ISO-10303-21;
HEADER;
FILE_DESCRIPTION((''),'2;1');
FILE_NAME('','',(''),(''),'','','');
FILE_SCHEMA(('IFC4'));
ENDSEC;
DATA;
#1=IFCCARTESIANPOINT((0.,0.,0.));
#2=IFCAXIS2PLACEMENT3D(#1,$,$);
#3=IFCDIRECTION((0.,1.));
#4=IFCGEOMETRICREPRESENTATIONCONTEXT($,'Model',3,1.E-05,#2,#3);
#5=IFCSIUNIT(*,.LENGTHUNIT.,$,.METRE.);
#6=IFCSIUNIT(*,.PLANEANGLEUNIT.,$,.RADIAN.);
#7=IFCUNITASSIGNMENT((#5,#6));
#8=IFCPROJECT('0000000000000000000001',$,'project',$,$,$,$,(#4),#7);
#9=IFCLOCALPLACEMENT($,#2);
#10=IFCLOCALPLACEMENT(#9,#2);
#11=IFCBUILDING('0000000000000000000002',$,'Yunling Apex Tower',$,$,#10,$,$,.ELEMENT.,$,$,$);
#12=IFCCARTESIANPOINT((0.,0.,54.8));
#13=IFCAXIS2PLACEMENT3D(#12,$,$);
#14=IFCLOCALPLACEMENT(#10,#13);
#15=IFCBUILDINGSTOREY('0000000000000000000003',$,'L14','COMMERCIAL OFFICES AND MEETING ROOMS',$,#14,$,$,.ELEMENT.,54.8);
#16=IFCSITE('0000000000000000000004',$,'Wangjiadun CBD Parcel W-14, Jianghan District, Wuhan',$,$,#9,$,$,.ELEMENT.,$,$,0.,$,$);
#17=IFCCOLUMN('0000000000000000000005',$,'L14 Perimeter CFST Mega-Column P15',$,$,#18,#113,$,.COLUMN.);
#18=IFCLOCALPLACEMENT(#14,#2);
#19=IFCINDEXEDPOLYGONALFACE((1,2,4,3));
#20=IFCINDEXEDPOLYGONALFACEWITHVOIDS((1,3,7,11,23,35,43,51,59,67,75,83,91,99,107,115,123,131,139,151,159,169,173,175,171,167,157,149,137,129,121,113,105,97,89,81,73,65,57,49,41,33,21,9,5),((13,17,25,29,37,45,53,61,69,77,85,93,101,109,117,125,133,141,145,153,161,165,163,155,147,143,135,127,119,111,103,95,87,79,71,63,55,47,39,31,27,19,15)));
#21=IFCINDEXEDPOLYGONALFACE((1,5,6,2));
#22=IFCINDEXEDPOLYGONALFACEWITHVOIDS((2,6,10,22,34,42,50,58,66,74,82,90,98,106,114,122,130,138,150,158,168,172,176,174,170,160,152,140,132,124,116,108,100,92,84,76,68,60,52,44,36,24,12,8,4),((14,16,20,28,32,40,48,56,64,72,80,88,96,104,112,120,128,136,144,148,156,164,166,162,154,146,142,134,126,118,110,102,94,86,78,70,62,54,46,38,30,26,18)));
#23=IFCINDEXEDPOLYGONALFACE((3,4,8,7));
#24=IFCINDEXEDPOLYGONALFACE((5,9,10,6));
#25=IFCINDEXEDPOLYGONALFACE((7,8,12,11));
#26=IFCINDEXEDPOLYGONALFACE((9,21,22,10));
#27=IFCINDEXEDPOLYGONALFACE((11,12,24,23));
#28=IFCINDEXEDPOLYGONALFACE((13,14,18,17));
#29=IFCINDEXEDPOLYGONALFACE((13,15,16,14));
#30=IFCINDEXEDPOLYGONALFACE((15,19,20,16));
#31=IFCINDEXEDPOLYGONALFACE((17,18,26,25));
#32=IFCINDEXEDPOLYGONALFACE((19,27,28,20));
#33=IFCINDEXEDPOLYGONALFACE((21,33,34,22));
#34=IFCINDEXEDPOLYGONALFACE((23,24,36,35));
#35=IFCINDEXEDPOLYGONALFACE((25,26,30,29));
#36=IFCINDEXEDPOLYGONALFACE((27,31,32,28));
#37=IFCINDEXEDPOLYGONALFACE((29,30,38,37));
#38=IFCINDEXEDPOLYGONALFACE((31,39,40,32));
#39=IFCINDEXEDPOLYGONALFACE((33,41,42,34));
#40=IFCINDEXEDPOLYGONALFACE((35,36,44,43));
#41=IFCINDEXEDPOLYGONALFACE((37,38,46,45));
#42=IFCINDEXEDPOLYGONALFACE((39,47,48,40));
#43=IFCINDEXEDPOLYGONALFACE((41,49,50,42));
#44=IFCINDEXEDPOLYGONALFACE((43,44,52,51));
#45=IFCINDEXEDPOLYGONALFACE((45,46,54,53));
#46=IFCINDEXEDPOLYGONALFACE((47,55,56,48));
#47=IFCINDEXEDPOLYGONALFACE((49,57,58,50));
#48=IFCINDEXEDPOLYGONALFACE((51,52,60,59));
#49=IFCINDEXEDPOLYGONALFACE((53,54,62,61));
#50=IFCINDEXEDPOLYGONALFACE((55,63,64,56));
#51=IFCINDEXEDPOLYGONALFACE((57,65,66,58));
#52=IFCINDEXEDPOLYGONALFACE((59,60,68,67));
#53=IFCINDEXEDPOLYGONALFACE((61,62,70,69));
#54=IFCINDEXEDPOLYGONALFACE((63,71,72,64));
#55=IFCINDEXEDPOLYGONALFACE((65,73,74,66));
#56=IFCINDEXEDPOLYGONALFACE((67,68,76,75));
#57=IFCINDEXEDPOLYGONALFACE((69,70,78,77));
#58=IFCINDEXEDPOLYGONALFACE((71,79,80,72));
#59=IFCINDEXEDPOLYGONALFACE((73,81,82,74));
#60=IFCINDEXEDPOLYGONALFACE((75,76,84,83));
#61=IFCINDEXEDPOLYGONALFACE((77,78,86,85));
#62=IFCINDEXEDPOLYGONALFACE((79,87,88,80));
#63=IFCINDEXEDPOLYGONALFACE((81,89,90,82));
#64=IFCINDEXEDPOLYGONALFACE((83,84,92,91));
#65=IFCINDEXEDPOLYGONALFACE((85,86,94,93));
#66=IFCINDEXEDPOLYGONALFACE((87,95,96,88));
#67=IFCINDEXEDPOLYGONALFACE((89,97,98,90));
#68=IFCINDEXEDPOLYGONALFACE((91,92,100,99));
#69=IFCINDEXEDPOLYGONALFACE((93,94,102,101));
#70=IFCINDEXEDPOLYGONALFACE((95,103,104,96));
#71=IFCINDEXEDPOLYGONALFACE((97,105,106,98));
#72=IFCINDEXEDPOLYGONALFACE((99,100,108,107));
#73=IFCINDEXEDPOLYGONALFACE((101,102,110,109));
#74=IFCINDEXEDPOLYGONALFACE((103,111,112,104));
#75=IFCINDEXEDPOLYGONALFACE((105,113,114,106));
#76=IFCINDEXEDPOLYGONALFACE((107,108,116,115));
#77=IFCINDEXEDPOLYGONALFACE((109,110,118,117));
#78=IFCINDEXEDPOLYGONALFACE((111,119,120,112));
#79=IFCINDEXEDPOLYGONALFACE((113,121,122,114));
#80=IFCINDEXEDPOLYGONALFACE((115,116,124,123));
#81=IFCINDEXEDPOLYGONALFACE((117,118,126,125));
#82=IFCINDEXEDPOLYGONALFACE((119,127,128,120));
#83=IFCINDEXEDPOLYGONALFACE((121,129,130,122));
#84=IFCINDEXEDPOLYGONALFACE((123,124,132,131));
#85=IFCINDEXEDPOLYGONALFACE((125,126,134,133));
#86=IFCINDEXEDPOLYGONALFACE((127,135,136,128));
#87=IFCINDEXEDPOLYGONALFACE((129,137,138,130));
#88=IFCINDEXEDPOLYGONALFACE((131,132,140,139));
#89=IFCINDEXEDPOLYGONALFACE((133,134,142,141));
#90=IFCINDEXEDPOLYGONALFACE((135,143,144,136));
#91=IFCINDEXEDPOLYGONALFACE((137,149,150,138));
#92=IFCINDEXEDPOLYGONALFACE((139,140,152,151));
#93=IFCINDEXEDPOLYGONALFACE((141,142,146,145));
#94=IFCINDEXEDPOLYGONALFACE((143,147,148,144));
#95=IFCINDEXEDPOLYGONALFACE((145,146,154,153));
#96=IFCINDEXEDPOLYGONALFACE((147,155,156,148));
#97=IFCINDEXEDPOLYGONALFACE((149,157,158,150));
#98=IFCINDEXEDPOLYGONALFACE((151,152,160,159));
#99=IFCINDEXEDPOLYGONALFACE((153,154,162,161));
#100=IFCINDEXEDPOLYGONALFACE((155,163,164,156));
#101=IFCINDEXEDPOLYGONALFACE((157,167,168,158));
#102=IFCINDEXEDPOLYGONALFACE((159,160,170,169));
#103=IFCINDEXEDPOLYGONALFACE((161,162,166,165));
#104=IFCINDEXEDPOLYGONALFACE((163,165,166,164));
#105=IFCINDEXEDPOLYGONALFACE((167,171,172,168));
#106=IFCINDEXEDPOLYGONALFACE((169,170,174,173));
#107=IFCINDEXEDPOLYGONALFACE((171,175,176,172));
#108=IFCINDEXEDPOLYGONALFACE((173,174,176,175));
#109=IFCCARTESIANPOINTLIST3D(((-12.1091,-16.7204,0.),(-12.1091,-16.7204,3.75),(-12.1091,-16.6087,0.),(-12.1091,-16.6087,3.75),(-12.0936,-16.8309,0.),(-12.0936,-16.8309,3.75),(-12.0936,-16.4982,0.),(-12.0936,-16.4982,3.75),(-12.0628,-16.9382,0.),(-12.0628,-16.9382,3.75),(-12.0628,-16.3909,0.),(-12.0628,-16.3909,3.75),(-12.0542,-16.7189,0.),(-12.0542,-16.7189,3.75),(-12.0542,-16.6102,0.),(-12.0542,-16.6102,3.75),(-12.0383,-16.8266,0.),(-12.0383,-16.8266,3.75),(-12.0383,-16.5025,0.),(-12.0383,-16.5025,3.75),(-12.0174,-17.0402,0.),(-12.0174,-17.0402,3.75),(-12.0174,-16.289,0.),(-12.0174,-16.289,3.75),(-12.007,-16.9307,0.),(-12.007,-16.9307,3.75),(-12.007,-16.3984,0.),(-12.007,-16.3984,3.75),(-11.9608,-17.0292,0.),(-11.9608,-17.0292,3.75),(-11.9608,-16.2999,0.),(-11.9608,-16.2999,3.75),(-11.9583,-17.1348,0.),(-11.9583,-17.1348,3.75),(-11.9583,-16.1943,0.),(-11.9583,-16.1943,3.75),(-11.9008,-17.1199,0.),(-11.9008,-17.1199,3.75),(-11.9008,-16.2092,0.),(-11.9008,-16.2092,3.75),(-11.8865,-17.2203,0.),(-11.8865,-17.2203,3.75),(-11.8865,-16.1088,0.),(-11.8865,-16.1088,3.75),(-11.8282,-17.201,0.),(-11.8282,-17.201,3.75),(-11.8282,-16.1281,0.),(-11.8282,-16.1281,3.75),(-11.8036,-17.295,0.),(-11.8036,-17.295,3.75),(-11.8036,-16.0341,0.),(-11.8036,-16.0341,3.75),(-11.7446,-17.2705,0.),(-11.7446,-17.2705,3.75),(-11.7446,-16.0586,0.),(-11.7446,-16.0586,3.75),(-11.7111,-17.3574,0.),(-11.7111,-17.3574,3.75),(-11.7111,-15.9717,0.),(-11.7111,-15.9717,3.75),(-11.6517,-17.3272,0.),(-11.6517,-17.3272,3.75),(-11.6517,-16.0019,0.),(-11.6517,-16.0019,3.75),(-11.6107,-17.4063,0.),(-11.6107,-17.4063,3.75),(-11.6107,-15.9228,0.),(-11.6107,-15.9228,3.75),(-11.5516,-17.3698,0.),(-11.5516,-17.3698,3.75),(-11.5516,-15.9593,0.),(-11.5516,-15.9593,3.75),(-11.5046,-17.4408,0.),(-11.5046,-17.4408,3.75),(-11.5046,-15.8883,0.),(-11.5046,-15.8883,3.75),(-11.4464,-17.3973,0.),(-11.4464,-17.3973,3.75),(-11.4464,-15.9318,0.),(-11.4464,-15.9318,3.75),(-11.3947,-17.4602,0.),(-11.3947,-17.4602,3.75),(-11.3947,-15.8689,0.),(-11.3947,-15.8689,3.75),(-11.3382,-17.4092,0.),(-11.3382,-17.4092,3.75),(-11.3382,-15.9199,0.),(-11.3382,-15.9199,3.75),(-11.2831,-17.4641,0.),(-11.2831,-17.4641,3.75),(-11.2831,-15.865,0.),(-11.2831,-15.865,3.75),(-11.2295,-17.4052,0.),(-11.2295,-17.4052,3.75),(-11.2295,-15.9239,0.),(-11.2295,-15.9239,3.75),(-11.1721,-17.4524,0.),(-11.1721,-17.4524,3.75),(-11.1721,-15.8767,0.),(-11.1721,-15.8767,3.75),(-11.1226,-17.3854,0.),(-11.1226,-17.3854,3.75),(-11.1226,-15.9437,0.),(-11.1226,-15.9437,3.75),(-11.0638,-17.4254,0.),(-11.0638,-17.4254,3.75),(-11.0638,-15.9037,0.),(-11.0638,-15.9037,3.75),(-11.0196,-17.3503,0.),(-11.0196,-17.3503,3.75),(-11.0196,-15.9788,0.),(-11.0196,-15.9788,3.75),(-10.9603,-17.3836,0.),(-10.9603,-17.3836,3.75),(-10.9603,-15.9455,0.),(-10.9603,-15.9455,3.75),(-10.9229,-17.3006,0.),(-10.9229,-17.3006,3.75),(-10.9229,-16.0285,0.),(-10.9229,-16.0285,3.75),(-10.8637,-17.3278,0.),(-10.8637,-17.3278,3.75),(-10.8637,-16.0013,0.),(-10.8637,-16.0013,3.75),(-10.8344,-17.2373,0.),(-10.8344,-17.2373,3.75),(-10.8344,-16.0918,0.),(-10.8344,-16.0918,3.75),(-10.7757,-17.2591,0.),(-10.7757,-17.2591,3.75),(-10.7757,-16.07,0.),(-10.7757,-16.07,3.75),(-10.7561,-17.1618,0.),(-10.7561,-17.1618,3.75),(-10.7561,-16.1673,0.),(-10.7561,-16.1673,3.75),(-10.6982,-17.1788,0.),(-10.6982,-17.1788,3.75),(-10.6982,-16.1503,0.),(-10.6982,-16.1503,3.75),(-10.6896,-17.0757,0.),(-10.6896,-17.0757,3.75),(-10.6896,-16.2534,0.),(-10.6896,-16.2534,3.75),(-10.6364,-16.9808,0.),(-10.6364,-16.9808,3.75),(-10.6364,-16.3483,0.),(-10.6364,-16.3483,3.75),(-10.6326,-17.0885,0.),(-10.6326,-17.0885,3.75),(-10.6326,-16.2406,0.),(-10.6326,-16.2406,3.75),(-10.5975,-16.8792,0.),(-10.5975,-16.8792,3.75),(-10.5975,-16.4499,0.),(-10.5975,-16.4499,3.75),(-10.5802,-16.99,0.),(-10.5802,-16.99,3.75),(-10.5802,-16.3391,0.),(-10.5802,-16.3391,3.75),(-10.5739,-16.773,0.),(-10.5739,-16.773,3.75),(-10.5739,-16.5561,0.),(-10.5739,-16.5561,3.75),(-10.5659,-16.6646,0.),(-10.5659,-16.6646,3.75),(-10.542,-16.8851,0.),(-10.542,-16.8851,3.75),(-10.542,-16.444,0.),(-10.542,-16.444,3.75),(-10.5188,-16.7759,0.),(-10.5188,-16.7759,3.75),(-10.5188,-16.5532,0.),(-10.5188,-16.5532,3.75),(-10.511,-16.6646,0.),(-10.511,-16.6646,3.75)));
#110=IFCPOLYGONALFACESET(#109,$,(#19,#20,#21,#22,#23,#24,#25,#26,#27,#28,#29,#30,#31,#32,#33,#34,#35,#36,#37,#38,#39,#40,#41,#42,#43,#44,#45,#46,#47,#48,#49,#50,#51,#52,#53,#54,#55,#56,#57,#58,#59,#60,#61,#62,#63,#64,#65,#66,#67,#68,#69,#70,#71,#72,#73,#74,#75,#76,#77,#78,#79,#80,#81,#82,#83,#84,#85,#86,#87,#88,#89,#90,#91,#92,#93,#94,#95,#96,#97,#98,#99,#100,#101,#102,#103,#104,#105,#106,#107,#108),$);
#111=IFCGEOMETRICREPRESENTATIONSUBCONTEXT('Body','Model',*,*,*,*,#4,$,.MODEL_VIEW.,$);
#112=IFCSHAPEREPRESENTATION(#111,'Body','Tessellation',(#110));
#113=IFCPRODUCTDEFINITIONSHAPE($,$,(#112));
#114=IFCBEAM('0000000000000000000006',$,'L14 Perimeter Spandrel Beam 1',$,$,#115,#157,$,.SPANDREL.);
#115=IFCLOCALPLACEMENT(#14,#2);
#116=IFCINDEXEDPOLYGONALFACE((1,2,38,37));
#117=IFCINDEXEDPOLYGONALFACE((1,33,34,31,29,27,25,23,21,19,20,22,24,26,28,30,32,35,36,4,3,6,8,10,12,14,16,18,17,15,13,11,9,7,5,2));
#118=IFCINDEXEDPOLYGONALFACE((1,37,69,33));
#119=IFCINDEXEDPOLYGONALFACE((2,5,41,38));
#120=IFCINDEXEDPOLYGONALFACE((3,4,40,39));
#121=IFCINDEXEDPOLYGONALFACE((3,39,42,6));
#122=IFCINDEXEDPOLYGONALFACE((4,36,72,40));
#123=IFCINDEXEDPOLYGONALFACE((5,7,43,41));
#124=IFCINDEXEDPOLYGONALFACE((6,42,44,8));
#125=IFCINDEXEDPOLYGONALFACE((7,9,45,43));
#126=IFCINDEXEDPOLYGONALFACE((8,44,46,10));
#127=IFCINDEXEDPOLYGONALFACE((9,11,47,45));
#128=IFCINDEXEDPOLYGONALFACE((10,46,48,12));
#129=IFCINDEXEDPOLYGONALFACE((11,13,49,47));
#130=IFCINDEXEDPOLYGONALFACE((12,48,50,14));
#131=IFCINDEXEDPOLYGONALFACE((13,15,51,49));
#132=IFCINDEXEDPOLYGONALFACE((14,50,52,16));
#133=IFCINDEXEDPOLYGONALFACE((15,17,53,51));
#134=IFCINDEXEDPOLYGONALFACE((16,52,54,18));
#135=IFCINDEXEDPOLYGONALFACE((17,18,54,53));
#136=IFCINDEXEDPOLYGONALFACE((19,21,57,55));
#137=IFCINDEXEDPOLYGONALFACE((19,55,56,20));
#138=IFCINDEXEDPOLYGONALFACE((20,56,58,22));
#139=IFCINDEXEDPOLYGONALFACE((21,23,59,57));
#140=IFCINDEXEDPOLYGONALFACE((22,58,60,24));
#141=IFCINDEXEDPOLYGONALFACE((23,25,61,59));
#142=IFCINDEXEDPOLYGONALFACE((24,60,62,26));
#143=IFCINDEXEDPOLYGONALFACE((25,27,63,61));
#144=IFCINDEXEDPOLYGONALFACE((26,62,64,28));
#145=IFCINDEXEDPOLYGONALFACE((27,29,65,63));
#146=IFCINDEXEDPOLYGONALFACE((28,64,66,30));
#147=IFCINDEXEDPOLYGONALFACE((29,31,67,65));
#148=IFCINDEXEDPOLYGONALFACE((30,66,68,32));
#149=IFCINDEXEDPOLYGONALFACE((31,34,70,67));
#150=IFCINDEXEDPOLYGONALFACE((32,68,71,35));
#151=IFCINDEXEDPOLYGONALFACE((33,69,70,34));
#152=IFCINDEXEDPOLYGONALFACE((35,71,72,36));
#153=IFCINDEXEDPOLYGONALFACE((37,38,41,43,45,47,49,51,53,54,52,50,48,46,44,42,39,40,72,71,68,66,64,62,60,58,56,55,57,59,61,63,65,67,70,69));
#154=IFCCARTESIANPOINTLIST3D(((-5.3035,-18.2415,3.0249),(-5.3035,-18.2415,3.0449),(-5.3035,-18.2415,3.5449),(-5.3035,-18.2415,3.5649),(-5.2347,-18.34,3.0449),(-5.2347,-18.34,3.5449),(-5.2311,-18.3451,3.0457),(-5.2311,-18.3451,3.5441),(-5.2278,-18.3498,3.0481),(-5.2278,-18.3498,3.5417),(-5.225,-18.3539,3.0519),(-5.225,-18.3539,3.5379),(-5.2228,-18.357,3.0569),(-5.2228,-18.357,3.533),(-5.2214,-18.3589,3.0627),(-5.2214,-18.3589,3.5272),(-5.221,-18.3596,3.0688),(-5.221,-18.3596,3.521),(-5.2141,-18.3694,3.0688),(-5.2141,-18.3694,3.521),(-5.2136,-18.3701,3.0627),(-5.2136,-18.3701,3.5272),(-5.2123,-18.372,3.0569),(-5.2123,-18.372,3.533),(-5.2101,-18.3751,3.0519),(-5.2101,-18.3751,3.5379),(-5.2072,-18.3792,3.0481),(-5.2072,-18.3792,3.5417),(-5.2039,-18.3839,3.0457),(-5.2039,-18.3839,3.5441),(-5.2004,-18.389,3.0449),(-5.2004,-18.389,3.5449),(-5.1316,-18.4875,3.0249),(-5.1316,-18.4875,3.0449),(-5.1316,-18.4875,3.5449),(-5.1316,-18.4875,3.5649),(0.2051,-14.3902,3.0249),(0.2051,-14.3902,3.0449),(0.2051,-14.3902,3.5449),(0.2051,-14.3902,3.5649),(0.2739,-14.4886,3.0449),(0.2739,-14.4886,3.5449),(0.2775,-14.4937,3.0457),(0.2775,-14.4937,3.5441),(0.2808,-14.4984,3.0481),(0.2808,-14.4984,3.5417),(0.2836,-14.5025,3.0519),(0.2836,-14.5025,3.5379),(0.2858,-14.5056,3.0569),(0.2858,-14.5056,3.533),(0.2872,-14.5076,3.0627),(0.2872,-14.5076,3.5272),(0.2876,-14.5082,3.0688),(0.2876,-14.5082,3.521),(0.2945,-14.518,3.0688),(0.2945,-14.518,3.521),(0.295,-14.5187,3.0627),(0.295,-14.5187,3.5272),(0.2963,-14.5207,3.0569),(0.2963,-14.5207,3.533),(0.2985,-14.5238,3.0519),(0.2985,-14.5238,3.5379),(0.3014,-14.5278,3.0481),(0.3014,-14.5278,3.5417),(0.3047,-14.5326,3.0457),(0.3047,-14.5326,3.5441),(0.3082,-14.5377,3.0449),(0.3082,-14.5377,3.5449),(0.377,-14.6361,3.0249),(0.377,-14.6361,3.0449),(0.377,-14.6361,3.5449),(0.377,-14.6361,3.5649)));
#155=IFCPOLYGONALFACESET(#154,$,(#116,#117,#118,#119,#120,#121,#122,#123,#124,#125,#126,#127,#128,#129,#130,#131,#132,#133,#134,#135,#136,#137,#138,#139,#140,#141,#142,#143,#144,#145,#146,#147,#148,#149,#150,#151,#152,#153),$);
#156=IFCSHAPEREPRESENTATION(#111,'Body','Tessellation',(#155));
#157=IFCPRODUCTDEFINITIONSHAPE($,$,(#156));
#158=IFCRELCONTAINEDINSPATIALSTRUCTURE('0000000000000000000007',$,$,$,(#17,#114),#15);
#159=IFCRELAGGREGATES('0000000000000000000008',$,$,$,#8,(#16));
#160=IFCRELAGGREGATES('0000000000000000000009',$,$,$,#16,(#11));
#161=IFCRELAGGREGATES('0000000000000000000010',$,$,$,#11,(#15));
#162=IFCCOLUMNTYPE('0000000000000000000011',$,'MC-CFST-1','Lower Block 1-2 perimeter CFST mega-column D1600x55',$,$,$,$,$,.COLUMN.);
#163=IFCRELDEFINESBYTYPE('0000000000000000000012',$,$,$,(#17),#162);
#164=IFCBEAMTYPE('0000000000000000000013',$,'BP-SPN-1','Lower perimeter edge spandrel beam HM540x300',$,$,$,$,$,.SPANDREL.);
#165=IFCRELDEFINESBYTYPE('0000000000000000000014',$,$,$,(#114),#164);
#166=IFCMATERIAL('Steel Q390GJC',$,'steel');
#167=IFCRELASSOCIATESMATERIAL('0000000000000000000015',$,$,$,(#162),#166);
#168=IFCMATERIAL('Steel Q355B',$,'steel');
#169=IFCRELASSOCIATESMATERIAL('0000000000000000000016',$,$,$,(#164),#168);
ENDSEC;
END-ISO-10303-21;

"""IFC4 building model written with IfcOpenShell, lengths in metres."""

from ifc_helpers import new_model, si_unit, direction, frame, origin, origin_2d, place, context, subcontext, project, spatial, hollow_circle, i_section, extrude, source, transform, mapped, material, material_profile, profile_set, type_object, element, save


model = new_model("IFC4")

# Units and contexts
model_context = context("Model", 3, precision=1e-05, world=origin(), true_north=direction((0.0, 1.0)))
body_context = subcontext(model_context, "Body", "Model", "MODEL_VIEW")
ifc_project = project(units=[si_unit("LENGTHUNIT", "METRE"), si_unit("PLANEANGLEUNIT", "RADIAN")], contexts=[model_context])

# Site, building, storey
site_placement = place(None, origin())
site = spatial("IfcSite", under=ifc_project, at=site_placement, Name="Wangjiadun CBD Parcel W-14, Jianghan District, Wuhan", CompositionType="ELEMENT", RefElevation=0.0)
building_placement = place(site_placement, origin())
building = spatial("IfcBuilding", under=site, at=building_placement, Name="Yunling Apex Tower", CompositionType="ELEMENT")
storey_placement = place(building_placement, frame((0.0, 0.0, 54.8)))
storey = spatial("IfcBuildingStorey", under=building, at=storey_placement, Name="L14", Description="COMMERCIAL OFFICES AND MEETING ROOMS", CompositionType="ELEMENT", Elevation=54.8)

# Column
ifc_material_1 = material(Name="Steel Q390GJC", Category="steel")
ifc_material_profile_1 = material_profile(ifc_material_1, hollow_circle(Radius=0.8, WallThickness=0.0549, at=origin_2d()))
ifc_profile_set_1 = profile_set([ifc_material_profile_1], Name="Steel Q390GJC")
column_type = type_object("IfcColumnType", Name="MC-CFST-1", Description="Lower Block 1-2 perimeter CFST mega-column D1600x55", PredefinedType="COLUMN", material=ifc_profile_set_1)
shared_shape_1 = source(origin(), body_context, "Body", "SweptSolid", [
    extrude(hollow_circle(Radius=0.8, WallThickness=0.0549, at=origin_2d()), origin(), (0.0, 0.0, 1.0), 3.75),
])
for number, where, z_axis, x_axis, name in (
    (1, (-11.311, -16.6646, 0.0), (0.0, 0.0, 1.0), (1.0, 0.0, 0.0), "L14 Perimeter CFST Mega-Column P15"),
):
    element("IfcColumn", number, at=place(storey_placement, frame(where, z_axis=z_axis, x_axis=x_axis)), inside=storey, type_object=column_type, Name=name, PredefinedType="COLUMN", context=body_context, shape_type="MappedRepresentation", body=[
        mapped(shared_shape_1, transform((0.0, 0.0, 0.0), scale=1.0)),
    ])

# Beam
ifc_material_2 = material(Name="Steel Q355B", Category="steel")
ifc_material_profile_2 = material_profile(ifc_material_2, i_section(OverallWidth=0.3, OverallDepth=0.54, WebThickness=0.012, FlangeThickness=0.02, FilletRadius=0.0239, at=origin_2d()))
ifc_profile_set_2 = profile_set([ifc_material_profile_2], Name="Steel Q355B")
beam_type_1 = type_object("IfcBeamType", Name="BP-SPN-1", Description="Lower perimeter edge spandrel beam HM540x300", PredefinedType="SPANDREL", material=ifc_profile_set_2)
shared_shape_2 = source(origin(), body_context, "Body", "SweptSolid", [
    extrude(i_section(OverallWidth=0.3, OverallDepth=0.54, WebThickness=0.012, FlangeThickness=0.02, FilletRadius=0.0239, at=origin_2d()), origin(), (0.0, 0.0, 1.0), 6.7214),
])
beam_1_placement = place(storey_placement, frame((-5.2175, -18.3645, 3.2949), z_axis=(0.819558, 0.572997, 0.0), x_axis=(-0.572997, 0.819558, 0.0)))
element("IfcBeam", 2, at=beam_1_placement, inside=storey, type_object=beam_type_1, Name="L14 Perimeter Spandrel Beam 1", PredefinedType="SPANDREL", context=body_context, shape_type="MappedRepresentation", body=[
    mapped(shared_shape_2, transform((0.0, 0.0, 0.0), scale=1.0)),
])

save(model, "model.ifc")
